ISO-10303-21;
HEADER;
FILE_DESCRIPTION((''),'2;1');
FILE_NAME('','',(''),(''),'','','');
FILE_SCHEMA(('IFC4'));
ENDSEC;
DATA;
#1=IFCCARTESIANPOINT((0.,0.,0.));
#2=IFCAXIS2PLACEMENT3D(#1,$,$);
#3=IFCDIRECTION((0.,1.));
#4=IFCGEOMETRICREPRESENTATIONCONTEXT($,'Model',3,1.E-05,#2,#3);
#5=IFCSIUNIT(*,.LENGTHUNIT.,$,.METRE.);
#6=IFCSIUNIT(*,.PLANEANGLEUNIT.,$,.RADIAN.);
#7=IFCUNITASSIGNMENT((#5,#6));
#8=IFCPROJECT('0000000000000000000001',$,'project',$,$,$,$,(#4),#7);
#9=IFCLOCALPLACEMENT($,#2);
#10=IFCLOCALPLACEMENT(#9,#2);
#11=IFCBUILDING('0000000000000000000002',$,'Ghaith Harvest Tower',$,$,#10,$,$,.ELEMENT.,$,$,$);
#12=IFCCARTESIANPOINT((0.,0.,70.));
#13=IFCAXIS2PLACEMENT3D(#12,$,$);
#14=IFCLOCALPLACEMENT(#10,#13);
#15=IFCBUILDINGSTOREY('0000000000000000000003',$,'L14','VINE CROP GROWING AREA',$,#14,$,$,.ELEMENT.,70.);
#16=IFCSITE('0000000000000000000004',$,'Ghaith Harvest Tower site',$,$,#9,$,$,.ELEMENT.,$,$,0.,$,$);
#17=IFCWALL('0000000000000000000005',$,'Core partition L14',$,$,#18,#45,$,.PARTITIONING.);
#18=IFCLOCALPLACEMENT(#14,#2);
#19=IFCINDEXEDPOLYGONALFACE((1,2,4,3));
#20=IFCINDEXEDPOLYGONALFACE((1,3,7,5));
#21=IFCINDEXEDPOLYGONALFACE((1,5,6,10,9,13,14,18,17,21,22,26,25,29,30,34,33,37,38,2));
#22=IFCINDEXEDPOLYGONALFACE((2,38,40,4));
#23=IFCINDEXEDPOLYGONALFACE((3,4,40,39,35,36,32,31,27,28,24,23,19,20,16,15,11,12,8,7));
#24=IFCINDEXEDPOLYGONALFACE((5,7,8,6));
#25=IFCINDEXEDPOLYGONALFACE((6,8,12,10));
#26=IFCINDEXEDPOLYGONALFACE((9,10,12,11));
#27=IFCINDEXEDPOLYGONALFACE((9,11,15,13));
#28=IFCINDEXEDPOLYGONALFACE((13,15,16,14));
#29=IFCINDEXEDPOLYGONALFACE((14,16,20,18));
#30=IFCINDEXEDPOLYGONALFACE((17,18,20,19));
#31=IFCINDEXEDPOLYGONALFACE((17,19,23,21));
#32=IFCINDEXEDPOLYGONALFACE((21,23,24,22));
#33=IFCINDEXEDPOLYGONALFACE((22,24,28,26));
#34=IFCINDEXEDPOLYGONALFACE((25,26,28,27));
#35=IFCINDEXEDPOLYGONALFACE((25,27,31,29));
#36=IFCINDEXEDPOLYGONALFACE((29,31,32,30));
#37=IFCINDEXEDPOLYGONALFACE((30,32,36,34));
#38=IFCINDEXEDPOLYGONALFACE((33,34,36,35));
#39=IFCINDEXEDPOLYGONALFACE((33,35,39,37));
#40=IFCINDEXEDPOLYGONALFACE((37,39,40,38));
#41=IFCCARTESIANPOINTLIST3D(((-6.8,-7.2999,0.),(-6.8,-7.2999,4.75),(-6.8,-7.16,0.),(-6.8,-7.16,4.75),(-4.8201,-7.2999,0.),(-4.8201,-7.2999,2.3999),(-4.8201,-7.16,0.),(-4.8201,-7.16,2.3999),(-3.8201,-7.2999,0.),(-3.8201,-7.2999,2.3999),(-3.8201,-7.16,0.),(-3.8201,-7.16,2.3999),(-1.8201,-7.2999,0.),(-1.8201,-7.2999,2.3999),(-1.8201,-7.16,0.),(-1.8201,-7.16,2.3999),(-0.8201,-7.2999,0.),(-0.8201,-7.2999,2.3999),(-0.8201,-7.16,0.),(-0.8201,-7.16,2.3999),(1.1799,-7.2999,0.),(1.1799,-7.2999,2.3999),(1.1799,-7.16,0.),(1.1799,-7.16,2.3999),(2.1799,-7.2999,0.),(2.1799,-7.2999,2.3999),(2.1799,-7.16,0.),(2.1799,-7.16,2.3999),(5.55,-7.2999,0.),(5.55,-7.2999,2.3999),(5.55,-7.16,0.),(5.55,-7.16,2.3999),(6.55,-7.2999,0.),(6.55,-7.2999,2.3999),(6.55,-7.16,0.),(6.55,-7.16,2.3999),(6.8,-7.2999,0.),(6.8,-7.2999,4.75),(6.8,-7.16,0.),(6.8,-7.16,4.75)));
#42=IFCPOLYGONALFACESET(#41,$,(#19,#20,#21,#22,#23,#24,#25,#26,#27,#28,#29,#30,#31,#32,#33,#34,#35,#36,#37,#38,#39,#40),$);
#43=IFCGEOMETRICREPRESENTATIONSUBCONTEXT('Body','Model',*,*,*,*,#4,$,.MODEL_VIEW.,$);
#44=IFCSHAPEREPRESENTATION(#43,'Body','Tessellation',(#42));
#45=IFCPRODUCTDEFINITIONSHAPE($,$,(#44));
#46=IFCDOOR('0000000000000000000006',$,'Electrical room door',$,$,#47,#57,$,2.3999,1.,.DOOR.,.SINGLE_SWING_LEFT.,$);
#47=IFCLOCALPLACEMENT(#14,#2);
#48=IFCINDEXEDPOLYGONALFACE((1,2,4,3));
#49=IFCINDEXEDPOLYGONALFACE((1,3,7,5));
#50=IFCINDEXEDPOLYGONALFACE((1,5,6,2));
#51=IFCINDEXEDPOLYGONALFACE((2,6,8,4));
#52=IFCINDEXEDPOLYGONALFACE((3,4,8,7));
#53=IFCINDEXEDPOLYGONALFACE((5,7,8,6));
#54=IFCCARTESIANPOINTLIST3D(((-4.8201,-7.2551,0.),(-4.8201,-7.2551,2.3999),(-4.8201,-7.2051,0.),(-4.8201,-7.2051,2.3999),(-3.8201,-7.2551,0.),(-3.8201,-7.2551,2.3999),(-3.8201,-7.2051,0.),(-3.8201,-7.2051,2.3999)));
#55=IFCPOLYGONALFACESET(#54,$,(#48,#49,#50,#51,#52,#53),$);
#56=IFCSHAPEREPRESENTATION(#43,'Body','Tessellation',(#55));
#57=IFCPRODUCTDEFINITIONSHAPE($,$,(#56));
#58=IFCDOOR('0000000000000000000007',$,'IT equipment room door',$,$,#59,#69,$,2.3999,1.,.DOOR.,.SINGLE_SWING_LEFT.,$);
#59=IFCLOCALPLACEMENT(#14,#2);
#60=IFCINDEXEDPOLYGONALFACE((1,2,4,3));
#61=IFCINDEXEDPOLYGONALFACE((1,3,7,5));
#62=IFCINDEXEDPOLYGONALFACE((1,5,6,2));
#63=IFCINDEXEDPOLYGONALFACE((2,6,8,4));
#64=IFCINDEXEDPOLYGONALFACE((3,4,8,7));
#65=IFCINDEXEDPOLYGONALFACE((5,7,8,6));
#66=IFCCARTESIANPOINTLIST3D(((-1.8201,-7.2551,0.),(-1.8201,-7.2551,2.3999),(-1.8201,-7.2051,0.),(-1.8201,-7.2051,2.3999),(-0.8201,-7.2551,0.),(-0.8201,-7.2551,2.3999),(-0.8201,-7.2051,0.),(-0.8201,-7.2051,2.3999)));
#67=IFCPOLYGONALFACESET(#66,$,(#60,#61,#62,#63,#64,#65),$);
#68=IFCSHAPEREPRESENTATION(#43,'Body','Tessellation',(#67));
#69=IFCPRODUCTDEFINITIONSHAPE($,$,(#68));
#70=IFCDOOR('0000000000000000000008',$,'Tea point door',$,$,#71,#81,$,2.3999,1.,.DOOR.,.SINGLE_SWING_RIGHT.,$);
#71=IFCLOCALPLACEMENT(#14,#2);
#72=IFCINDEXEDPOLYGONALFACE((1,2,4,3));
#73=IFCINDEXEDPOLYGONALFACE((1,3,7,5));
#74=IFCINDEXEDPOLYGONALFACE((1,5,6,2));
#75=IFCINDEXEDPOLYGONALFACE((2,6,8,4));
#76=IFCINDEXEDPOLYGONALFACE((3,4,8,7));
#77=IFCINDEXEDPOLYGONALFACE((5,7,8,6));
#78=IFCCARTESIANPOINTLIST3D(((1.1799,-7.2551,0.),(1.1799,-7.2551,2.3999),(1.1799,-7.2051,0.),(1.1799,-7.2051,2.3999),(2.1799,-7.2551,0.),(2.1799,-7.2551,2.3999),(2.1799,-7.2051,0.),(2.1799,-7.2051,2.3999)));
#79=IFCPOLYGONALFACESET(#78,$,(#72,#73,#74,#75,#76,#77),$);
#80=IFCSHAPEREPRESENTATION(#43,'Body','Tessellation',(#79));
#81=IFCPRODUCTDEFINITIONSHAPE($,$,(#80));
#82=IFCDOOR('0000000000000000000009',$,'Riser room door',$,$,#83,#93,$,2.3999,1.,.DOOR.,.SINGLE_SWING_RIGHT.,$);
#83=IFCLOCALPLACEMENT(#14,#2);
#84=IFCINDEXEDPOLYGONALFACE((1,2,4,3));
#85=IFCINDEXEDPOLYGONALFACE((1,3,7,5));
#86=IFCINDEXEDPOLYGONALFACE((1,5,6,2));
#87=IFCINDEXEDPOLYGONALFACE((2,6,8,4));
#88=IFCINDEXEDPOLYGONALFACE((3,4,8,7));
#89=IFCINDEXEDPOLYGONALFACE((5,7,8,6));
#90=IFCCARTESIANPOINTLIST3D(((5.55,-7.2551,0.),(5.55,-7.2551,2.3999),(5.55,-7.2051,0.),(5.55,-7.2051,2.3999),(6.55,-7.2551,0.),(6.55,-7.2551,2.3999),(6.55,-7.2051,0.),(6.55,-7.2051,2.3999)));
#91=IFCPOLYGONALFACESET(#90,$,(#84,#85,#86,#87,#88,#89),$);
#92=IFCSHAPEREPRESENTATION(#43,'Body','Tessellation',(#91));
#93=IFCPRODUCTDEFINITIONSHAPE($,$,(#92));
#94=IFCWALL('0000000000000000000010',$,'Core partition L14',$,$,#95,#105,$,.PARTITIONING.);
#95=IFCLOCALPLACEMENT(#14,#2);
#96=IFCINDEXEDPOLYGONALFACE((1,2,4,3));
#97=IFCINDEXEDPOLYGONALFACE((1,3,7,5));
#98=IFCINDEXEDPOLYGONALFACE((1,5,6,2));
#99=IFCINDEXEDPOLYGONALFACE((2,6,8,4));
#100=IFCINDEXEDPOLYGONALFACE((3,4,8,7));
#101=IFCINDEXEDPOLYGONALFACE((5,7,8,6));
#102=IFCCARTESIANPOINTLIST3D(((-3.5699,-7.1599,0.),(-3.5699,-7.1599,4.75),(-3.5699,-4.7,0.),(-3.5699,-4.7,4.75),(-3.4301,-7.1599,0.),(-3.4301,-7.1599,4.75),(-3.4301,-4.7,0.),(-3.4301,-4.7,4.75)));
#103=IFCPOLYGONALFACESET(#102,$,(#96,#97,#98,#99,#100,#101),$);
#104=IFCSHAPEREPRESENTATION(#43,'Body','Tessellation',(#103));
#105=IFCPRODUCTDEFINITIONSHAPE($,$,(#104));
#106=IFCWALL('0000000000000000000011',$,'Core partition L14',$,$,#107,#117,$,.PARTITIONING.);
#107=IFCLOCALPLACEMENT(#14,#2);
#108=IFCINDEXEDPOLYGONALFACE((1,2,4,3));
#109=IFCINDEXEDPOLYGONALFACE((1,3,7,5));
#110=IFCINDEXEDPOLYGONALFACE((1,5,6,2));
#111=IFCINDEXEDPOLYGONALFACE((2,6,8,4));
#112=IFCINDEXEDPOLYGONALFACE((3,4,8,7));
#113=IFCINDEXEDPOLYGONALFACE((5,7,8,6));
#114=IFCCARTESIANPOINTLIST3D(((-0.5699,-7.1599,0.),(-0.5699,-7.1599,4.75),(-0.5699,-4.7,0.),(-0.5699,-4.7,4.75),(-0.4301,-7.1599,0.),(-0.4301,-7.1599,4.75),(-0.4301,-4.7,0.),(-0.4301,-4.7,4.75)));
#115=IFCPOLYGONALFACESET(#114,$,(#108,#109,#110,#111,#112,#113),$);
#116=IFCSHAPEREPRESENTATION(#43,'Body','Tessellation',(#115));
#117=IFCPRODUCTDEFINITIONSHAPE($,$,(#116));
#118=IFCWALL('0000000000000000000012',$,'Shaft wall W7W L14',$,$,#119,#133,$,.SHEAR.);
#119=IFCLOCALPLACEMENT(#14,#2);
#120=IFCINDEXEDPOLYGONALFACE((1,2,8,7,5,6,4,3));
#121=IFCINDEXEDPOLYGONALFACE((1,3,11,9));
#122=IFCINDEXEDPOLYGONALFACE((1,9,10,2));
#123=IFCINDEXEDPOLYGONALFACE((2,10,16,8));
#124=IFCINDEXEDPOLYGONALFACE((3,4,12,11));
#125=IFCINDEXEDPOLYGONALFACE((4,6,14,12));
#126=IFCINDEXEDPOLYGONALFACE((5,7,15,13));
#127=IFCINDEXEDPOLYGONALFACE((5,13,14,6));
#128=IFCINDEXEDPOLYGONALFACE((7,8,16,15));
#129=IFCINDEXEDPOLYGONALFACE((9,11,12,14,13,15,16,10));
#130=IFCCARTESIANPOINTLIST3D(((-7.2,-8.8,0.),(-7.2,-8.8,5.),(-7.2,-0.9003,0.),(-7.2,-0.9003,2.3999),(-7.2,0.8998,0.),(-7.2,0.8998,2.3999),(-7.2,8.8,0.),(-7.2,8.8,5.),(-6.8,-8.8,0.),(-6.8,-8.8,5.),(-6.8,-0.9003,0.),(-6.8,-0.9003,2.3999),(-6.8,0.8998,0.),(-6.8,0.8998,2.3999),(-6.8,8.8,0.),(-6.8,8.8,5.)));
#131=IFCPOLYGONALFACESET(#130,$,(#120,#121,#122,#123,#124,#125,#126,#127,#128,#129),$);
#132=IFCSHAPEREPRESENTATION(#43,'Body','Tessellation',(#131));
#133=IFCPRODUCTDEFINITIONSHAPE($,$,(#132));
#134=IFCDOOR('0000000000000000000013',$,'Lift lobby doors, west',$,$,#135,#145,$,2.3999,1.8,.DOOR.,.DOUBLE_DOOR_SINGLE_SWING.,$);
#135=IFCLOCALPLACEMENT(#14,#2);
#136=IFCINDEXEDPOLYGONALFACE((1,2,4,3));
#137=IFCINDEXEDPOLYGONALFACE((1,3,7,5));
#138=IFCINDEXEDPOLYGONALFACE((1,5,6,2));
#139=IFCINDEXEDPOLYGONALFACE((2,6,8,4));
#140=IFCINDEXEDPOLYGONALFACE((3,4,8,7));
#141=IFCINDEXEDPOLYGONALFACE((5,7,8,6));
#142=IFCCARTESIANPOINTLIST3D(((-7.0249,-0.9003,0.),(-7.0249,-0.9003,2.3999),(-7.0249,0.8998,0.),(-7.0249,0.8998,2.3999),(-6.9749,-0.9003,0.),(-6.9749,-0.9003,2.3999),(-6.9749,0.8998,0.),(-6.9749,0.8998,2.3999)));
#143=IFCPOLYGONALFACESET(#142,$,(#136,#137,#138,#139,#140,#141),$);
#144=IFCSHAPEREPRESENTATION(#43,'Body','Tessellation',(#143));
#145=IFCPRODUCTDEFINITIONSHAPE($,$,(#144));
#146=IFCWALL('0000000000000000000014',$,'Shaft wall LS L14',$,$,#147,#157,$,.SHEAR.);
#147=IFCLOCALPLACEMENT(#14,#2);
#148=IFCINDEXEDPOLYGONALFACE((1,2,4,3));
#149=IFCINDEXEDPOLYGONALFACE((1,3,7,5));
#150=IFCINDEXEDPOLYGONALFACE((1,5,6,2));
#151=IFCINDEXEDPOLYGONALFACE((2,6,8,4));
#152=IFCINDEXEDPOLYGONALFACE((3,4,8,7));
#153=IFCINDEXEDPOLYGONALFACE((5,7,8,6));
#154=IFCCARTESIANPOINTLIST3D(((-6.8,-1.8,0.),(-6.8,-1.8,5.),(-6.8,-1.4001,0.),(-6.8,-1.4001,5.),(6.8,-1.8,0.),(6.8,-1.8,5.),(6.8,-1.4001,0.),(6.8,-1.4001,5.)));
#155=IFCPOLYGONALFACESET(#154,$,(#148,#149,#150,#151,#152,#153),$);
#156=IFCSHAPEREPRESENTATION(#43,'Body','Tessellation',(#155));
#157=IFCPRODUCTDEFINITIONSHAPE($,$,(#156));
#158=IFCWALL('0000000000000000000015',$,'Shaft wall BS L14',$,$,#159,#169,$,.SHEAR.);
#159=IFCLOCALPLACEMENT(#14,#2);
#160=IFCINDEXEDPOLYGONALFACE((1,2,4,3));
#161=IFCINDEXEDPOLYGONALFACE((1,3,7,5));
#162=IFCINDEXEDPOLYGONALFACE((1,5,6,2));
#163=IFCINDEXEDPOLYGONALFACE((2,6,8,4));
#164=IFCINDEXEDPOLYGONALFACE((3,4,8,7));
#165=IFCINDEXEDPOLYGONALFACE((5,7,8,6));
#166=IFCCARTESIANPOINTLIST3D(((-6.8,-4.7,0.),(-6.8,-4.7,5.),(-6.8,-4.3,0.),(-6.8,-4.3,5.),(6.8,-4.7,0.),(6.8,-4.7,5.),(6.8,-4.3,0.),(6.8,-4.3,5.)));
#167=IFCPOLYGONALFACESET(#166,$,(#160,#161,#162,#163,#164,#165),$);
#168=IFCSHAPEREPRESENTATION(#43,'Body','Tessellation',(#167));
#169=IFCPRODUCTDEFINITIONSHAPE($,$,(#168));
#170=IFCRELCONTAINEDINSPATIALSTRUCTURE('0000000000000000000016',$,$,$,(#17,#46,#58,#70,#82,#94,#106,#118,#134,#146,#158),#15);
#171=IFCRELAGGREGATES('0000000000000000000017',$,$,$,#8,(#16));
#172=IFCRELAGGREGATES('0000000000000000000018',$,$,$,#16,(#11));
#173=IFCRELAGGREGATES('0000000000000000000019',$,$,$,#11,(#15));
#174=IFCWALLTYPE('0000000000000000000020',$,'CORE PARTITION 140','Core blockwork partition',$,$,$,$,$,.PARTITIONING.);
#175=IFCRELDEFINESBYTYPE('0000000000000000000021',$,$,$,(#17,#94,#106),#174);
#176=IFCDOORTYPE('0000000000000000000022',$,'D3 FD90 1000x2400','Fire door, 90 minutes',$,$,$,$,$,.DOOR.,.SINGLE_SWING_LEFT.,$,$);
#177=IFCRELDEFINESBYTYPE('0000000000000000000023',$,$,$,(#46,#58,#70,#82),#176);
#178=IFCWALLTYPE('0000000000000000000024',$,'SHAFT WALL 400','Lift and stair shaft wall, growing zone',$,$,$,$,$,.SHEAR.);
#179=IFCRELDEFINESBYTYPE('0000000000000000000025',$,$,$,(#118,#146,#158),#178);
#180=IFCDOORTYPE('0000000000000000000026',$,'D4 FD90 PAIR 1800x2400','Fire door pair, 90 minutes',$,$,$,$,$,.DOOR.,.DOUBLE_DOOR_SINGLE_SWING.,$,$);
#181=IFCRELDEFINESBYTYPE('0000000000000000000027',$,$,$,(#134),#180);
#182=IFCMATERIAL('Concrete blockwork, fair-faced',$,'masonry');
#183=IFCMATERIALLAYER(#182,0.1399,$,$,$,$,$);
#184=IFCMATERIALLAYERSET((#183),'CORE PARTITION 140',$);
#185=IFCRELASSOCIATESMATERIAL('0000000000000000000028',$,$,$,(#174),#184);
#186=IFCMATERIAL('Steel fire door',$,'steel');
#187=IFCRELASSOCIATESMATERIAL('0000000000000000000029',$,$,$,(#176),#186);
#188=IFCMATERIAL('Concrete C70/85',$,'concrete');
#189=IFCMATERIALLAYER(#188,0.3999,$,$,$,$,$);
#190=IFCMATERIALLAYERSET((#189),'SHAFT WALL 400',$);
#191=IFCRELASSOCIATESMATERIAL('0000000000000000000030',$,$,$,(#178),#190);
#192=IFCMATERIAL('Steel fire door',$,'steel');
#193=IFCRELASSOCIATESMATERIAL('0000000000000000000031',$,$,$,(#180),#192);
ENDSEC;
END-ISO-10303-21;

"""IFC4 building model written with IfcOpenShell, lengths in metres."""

from ifc_helpers import new_model, si_unit, direction, frame, frame_2d, origin, place, context, subcontext, project, spatial, rectangle, extrude, material, layer, layer_set, type_object, element, fill, save


model = new_model("IFC4")

# Units and contexts
model_context = context("Model", 3, precision=1e-05, world=origin(), true_north=direction((0.0, 1.0)))
body_context = subcontext(model_context, "Body", "Model", "MODEL_VIEW")
ifc_project = project(units=[si_unit("LENGTHUNIT", "METRE"), si_unit("PLANEANGLEUNIT", "RADIAN")], contexts=[model_context])

# Site, building, storey
site_placement = place(None, origin())
site = spatial("IfcSite", under=ifc_project, at=site_placement, Name="Ghaith Harvest Tower site", CompositionType="ELEMENT", RefElevation=0.0)
building_placement = place(site_placement, origin())
building = spatial("IfcBuilding", under=site, at=building_placement, Name="Ghaith Harvest Tower", CompositionType="ELEMENT")
storey_placement = place(building_placement, frame((0.0, 0.0, 70.0)))
storey = spatial("IfcBuildingStorey", under=building, at=storey_placement, Name="L14", Description="VINE CROP GROWING AREA", CompositionType="ELEMENT", Elevation=70.0)

# Wall, openings, doors
ifc_material_1 = material(Name="Concrete blockwork, fair-faced", Category="masonry")
ifc_layer_1 = layer(ifc_material_1, 0.1399)
ifc_layer_set_1 = layer_set([ifc_layer_1], Name="CORE PARTITION 140")
wall_type_1 = type_object("IfcWallType", Name="CORE PARTITION 140", Description="Core blockwork partition", PredefinedType="PARTITIONING", material=ifc_layer_set_1)
wall_1_placement = place(storey_placement, frame((-6.8, -7.23, 0.0), z_axis=(0.0, 0.0, 1.0), x_axis=(1.0, 0.0, 0.0)))
wall_1 = element("IfcWall", 1, at=wall_1_placement, inside=storey, type_object=wall_type_1, Name="Core partition L14", PredefinedType="PARTITIONING", context=body_context, shape_type="SweptSolid", body=[
    extrude(rectangle(XDim=13.6001, YDim=0.1399, at=frame_2d((6.8, 0.0))), origin(), (0.0, 0.0, 1.0), 4.75),
])
opening_1_placement = place(wall_1_placement, frame((1.98, 0.0, 0.0)))
opening_1 = element("IfcOpeningElement", 2, at=opening_1_placement, cuts=wall_1, PredefinedType="OPENING", context=body_context, shape_type="SweptSolid", body=[
    extrude(rectangle(XDim=1.0, YDim=2.3999, at=frame_2d((0.5, 1.2))), frame((0.0, 0.0801, 0.0), z_axis=(0.0, -1.0, 0.0), x_axis=(1.0, 0.0, 0.0)), (0.0, 0.0, 1.0), 0.1599),
])
opening_2_placement = place(wall_1_placement, frame((4.98, 0.0, 0.0)))
opening_2 = element("IfcOpeningElement", 3, at=opening_2_placement, cuts=wall_1, PredefinedType="OPENING", context=body_context, shape_type="SweptSolid", body=[
    extrude(rectangle(XDim=1.0, YDim=2.3999, at=frame_2d((0.5, 1.2))), frame((0.0, 0.0801, 0.0), z_axis=(0.0, -1.0, 0.0), x_axis=(1.0, 0.0, 0.0)), (0.0, 0.0, 1.0), 0.1599),
])
opening_3_placement = place(wall_1_placement, frame((7.98, 0.0, 0.0)))
opening_3 = element("IfcOpeningElement", 4, at=opening_3_placement, cuts=wall_1, PredefinedType="OPENING", context=body_context, shape_type="SweptSolid", body=[
    extrude(rectangle(XDim=1.0, YDim=2.3999, at=frame_2d((0.5, 1.2))), frame((0.0, 0.0801, 0.0), z_axis=(0.0, -1.0, 0.0), x_axis=(1.0, 0.0, 0.0)), (0.0, 0.0, 1.0), 0.1599),
])
opening_4_placement = place(wall_1_placement, frame((12.3501, 0.0, 0.0)))
opening_4 = element("IfcOpeningElement", 5, at=opening_4_placement, cuts=wall_1, PredefinedType="OPENING", context=body_context, shape_type="SweptSolid", body=[
    extrude(rectangle(XDim=1.0, YDim=2.3999, at=frame_2d((0.5, 1.2))), frame((0.0, 0.0801, 0.0), z_axis=(0.0, -1.0, 0.0), x_axis=(1.0, 0.0, 0.0)), (0.0, 0.0, 1.0), 0.1599),
])
ifc_material_2 = material(Name="Steel fire door", Category="steel")
door_type_1 = type_object("IfcDoorType", Name="D3 FD90 1000x2400", Description="Fire door, 90 minutes", OperationType="SINGLE_SWING_LEFT", PredefinedType="DOOR", material=ifc_material_2)
door_1_placement = place(opening_1_placement, origin())
door_1 = element("IfcDoor", 6, at=door_1_placement, inside=storey, type_object=door_type_1, Name="Electrical room door", OperationType="SINGLE_SWING_LEFT", OverallHeight=2.3999, OverallWidth=1.0, PredefinedType="DOOR", context=body_context, shape_type="SweptSolid", body=[
    extrude(rectangle(XDim=1.0, YDim=2.3999, at=frame_2d((0.5, 1.2))), frame((0.0, 0.0249, 0.0), z_axis=(0.0, -1.0, 0.0), x_axis=(1.0, 0.0, 0.0)), (0.0, 0.0, 1.0), 0.05),
])
fill(opening_1, door_1)
door_2_placement = place(opening_2_placement, origin())
door_2 = element("IfcDoor", 7, at=door_2_placement, inside=storey, type_object=door_type_1, Name="IT equipment room door", OperationType="SINGLE_SWING_LEFT", OverallHeight=2.3999, OverallWidth=1.0, PredefinedType="DOOR", context=body_context, shape_type="SweptSolid", body=[
    extrude(rectangle(XDim=1.0, YDim=2.3999, at=frame_2d((0.5, 1.2))), frame((0.0, 0.0249, 0.0), z_axis=(0.0, -1.0, 0.0), x_axis=(1.0, 0.0, 0.0)), (0.0, 0.0, 1.0), 0.05),
])
fill(opening_2, door_2)
door_3_placement = place(opening_3_placement, origin())
door_3 = element("IfcDoor", 8, at=door_3_placement, inside=storey, type_object=door_type_1, Name="Tea point door", OperationType="SINGLE_SWING_RIGHT", OverallHeight=2.3999, OverallWidth=1.0, PredefinedType="DOOR", context=body_context, shape_type="SweptSolid", body=[
    extrude(rectangle(XDim=1.0, YDim=2.3999, at=frame_2d((0.5, 1.2))), frame((0.0, 0.0249, 0.0), z_axis=(0.0, -1.0, 0.0), x_axis=(1.0, 0.0, 0.0)), (0.0, 0.0, 1.0), 0.05),
])
fill(opening_3, door_3)
door_4_placement = place(opening_4_placement, origin())
door_4 = element("IfcDoor", 9, at=door_4_placement, inside=storey, type_object=door_type_1, Name="Riser room door", OperationType="SINGLE_SWING_RIGHT", OverallHeight=2.3999, OverallWidth=1.0, PredefinedType="DOOR", context=body_context, shape_type="SweptSolid", body=[
    extrude(rectangle(XDim=1.0, YDim=2.3999, at=frame_2d((0.5, 1.2))), frame((0.0, 0.0249, 0.0), z_axis=(0.0, -1.0, 0.0), x_axis=(1.0, 0.0, 0.0)), (0.0, 0.0, 1.0), 0.05),
])
fill(opening_4, door_4)

# Walls
for number, where, z_axis, x_axis, name in (
    (10, (-3.5, -4.7, 0.0), (0.0, 0.0, 1.0), (0.0, -1.0, 0.0), "Core partition L14"),
    (11, (-0.5, -4.7, 0.0), (0.0, 0.0, 1.0), (0.0, -1.0, 0.0), "Core partition L14"),
):
    element("IfcWall", number, at=place(storey_placement, frame(where, z_axis=z_axis, x_axis=x_axis)), inside=storey, type_object=wall_type_1, Name=name, PredefinedType="PARTITIONING", context=body_context, shape_type="SweptSolid", body=[
        extrude(rectangle(XDim=2.46, YDim=0.1399, at=frame_2d((1.23, 0.0))), origin(), (0.0, 0.0, 1.0), 4.75),
    ])

# Wall, opening, door
ifc_material_3 = material(Name="Concrete C70/85", Category="concrete")
ifc_layer_2 = layer(ifc_material_3, 0.3999)
ifc_layer_set_2 = layer_set([ifc_layer_2], Name="SHAFT WALL 400")
wall_type_2 = type_object("IfcWallType", Name="SHAFT WALL 400", Description="Lift and stair shaft wall, growing zone", PredefinedType="SHEAR", material=ifc_layer_set_2)
wall_2_placement = place(storey_placement, frame((-7.0, -8.8, 0.0), z_axis=(0.0, 0.0, 1.0), x_axis=(0.0, 1.0, 0.0)))
wall_2 = element("IfcWall", 12, at=wall_2_placement, inside=storey, type_object=wall_type_2, Name="Shaft wall W7W L14", PredefinedType="SHEAR", context=body_context, shape_type="SweptSolid", body=[
    extrude(rectangle(XDim=17.6001, YDim=0.3999, at=frame_2d((8.8, 0.0))), origin(), (0.0, 0.0, 1.0), 5.0),
])
opening_5_placement = place(wall_2_placement, frame((7.8999, 0.0, 0.0)))
opening_5 = element("IfcOpeningElement", 13, at=opening_5_placement, cuts=wall_2, PredefinedType="OPENING", context=body_context, shape_type="SweptSolid", body=[
    extrude(rectangle(XDim=1.8, YDim=2.3999, at=frame_2d((0.8999, 1.2))), frame((0.0, 0.21, 0.0), z_axis=(0.0, -1.0, 0.0), x_axis=(1.0, 0.0, 0.0)), (0.0, 0.0, 1.0), 0.4199),
])
ifc_material_4 = material(Name="Steel fire door", Category="steel")
door_type_2 = type_object("IfcDoorType", Name="D4 FD90 PAIR 1800x2400", Description="Fire door pair, 90 minutes", OperationType="DOUBLE_DOOR_SINGLE_SWING", PredefinedType="DOOR", material=ifc_material_4)
door_5_placement = place(opening_5_placement, origin())
door_5 = element("IfcDoor", 14, at=door_5_placement, inside=storey, type_object=door_type_2, Name="Lift lobby doors, west", OperationType="DOUBLE_DOOR_SINGLE_SWING", OverallHeight=2.3999, OverallWidth=1.8, PredefinedType="DOOR", context=body_context, shape_type="SweptSolid", body=[
    extrude(rectangle(XDim=1.8, YDim=2.3999, at=frame_2d((0.8999, 1.2))), frame((0.0, 0.0249, 0.0), z_axis=(0.0, -1.0, 0.0), x_axis=(1.0, 0.0, 0.0)), (0.0, 0.0, 1.0), 0.05),
])
fill(opening_5, door_5)

# Walls
for number, where, z_axis, x_axis, name in (
    (15, (-6.8, -1.6001, 0.0), (0.0, 0.0, 1.0), (1.0, 0.0, 0.0), "Shaft wall LS L14"),
    (16, (-6.8, -4.5, 0.0), (0.0, 0.0, 1.0), (1.0, 0.0, 0.0), "Shaft wall BS L14"),
):
    element("IfcWall", number, at=place(storey_placement, frame(where, z_axis=z_axis, x_axis=x_axis)), inside=storey, type_object=wall_type_2, Name=name, PredefinedType="SHEAR", context=body_context, shape_type="SweptSolid", body=[
        extrude(rectangle(XDim=13.6001, YDim=0.3999, at=frame_2d((6.8, 0.0))), origin(), (0.0, 0.0, 1.0), 5.0),
    ])

save(model, "model.ifc")
